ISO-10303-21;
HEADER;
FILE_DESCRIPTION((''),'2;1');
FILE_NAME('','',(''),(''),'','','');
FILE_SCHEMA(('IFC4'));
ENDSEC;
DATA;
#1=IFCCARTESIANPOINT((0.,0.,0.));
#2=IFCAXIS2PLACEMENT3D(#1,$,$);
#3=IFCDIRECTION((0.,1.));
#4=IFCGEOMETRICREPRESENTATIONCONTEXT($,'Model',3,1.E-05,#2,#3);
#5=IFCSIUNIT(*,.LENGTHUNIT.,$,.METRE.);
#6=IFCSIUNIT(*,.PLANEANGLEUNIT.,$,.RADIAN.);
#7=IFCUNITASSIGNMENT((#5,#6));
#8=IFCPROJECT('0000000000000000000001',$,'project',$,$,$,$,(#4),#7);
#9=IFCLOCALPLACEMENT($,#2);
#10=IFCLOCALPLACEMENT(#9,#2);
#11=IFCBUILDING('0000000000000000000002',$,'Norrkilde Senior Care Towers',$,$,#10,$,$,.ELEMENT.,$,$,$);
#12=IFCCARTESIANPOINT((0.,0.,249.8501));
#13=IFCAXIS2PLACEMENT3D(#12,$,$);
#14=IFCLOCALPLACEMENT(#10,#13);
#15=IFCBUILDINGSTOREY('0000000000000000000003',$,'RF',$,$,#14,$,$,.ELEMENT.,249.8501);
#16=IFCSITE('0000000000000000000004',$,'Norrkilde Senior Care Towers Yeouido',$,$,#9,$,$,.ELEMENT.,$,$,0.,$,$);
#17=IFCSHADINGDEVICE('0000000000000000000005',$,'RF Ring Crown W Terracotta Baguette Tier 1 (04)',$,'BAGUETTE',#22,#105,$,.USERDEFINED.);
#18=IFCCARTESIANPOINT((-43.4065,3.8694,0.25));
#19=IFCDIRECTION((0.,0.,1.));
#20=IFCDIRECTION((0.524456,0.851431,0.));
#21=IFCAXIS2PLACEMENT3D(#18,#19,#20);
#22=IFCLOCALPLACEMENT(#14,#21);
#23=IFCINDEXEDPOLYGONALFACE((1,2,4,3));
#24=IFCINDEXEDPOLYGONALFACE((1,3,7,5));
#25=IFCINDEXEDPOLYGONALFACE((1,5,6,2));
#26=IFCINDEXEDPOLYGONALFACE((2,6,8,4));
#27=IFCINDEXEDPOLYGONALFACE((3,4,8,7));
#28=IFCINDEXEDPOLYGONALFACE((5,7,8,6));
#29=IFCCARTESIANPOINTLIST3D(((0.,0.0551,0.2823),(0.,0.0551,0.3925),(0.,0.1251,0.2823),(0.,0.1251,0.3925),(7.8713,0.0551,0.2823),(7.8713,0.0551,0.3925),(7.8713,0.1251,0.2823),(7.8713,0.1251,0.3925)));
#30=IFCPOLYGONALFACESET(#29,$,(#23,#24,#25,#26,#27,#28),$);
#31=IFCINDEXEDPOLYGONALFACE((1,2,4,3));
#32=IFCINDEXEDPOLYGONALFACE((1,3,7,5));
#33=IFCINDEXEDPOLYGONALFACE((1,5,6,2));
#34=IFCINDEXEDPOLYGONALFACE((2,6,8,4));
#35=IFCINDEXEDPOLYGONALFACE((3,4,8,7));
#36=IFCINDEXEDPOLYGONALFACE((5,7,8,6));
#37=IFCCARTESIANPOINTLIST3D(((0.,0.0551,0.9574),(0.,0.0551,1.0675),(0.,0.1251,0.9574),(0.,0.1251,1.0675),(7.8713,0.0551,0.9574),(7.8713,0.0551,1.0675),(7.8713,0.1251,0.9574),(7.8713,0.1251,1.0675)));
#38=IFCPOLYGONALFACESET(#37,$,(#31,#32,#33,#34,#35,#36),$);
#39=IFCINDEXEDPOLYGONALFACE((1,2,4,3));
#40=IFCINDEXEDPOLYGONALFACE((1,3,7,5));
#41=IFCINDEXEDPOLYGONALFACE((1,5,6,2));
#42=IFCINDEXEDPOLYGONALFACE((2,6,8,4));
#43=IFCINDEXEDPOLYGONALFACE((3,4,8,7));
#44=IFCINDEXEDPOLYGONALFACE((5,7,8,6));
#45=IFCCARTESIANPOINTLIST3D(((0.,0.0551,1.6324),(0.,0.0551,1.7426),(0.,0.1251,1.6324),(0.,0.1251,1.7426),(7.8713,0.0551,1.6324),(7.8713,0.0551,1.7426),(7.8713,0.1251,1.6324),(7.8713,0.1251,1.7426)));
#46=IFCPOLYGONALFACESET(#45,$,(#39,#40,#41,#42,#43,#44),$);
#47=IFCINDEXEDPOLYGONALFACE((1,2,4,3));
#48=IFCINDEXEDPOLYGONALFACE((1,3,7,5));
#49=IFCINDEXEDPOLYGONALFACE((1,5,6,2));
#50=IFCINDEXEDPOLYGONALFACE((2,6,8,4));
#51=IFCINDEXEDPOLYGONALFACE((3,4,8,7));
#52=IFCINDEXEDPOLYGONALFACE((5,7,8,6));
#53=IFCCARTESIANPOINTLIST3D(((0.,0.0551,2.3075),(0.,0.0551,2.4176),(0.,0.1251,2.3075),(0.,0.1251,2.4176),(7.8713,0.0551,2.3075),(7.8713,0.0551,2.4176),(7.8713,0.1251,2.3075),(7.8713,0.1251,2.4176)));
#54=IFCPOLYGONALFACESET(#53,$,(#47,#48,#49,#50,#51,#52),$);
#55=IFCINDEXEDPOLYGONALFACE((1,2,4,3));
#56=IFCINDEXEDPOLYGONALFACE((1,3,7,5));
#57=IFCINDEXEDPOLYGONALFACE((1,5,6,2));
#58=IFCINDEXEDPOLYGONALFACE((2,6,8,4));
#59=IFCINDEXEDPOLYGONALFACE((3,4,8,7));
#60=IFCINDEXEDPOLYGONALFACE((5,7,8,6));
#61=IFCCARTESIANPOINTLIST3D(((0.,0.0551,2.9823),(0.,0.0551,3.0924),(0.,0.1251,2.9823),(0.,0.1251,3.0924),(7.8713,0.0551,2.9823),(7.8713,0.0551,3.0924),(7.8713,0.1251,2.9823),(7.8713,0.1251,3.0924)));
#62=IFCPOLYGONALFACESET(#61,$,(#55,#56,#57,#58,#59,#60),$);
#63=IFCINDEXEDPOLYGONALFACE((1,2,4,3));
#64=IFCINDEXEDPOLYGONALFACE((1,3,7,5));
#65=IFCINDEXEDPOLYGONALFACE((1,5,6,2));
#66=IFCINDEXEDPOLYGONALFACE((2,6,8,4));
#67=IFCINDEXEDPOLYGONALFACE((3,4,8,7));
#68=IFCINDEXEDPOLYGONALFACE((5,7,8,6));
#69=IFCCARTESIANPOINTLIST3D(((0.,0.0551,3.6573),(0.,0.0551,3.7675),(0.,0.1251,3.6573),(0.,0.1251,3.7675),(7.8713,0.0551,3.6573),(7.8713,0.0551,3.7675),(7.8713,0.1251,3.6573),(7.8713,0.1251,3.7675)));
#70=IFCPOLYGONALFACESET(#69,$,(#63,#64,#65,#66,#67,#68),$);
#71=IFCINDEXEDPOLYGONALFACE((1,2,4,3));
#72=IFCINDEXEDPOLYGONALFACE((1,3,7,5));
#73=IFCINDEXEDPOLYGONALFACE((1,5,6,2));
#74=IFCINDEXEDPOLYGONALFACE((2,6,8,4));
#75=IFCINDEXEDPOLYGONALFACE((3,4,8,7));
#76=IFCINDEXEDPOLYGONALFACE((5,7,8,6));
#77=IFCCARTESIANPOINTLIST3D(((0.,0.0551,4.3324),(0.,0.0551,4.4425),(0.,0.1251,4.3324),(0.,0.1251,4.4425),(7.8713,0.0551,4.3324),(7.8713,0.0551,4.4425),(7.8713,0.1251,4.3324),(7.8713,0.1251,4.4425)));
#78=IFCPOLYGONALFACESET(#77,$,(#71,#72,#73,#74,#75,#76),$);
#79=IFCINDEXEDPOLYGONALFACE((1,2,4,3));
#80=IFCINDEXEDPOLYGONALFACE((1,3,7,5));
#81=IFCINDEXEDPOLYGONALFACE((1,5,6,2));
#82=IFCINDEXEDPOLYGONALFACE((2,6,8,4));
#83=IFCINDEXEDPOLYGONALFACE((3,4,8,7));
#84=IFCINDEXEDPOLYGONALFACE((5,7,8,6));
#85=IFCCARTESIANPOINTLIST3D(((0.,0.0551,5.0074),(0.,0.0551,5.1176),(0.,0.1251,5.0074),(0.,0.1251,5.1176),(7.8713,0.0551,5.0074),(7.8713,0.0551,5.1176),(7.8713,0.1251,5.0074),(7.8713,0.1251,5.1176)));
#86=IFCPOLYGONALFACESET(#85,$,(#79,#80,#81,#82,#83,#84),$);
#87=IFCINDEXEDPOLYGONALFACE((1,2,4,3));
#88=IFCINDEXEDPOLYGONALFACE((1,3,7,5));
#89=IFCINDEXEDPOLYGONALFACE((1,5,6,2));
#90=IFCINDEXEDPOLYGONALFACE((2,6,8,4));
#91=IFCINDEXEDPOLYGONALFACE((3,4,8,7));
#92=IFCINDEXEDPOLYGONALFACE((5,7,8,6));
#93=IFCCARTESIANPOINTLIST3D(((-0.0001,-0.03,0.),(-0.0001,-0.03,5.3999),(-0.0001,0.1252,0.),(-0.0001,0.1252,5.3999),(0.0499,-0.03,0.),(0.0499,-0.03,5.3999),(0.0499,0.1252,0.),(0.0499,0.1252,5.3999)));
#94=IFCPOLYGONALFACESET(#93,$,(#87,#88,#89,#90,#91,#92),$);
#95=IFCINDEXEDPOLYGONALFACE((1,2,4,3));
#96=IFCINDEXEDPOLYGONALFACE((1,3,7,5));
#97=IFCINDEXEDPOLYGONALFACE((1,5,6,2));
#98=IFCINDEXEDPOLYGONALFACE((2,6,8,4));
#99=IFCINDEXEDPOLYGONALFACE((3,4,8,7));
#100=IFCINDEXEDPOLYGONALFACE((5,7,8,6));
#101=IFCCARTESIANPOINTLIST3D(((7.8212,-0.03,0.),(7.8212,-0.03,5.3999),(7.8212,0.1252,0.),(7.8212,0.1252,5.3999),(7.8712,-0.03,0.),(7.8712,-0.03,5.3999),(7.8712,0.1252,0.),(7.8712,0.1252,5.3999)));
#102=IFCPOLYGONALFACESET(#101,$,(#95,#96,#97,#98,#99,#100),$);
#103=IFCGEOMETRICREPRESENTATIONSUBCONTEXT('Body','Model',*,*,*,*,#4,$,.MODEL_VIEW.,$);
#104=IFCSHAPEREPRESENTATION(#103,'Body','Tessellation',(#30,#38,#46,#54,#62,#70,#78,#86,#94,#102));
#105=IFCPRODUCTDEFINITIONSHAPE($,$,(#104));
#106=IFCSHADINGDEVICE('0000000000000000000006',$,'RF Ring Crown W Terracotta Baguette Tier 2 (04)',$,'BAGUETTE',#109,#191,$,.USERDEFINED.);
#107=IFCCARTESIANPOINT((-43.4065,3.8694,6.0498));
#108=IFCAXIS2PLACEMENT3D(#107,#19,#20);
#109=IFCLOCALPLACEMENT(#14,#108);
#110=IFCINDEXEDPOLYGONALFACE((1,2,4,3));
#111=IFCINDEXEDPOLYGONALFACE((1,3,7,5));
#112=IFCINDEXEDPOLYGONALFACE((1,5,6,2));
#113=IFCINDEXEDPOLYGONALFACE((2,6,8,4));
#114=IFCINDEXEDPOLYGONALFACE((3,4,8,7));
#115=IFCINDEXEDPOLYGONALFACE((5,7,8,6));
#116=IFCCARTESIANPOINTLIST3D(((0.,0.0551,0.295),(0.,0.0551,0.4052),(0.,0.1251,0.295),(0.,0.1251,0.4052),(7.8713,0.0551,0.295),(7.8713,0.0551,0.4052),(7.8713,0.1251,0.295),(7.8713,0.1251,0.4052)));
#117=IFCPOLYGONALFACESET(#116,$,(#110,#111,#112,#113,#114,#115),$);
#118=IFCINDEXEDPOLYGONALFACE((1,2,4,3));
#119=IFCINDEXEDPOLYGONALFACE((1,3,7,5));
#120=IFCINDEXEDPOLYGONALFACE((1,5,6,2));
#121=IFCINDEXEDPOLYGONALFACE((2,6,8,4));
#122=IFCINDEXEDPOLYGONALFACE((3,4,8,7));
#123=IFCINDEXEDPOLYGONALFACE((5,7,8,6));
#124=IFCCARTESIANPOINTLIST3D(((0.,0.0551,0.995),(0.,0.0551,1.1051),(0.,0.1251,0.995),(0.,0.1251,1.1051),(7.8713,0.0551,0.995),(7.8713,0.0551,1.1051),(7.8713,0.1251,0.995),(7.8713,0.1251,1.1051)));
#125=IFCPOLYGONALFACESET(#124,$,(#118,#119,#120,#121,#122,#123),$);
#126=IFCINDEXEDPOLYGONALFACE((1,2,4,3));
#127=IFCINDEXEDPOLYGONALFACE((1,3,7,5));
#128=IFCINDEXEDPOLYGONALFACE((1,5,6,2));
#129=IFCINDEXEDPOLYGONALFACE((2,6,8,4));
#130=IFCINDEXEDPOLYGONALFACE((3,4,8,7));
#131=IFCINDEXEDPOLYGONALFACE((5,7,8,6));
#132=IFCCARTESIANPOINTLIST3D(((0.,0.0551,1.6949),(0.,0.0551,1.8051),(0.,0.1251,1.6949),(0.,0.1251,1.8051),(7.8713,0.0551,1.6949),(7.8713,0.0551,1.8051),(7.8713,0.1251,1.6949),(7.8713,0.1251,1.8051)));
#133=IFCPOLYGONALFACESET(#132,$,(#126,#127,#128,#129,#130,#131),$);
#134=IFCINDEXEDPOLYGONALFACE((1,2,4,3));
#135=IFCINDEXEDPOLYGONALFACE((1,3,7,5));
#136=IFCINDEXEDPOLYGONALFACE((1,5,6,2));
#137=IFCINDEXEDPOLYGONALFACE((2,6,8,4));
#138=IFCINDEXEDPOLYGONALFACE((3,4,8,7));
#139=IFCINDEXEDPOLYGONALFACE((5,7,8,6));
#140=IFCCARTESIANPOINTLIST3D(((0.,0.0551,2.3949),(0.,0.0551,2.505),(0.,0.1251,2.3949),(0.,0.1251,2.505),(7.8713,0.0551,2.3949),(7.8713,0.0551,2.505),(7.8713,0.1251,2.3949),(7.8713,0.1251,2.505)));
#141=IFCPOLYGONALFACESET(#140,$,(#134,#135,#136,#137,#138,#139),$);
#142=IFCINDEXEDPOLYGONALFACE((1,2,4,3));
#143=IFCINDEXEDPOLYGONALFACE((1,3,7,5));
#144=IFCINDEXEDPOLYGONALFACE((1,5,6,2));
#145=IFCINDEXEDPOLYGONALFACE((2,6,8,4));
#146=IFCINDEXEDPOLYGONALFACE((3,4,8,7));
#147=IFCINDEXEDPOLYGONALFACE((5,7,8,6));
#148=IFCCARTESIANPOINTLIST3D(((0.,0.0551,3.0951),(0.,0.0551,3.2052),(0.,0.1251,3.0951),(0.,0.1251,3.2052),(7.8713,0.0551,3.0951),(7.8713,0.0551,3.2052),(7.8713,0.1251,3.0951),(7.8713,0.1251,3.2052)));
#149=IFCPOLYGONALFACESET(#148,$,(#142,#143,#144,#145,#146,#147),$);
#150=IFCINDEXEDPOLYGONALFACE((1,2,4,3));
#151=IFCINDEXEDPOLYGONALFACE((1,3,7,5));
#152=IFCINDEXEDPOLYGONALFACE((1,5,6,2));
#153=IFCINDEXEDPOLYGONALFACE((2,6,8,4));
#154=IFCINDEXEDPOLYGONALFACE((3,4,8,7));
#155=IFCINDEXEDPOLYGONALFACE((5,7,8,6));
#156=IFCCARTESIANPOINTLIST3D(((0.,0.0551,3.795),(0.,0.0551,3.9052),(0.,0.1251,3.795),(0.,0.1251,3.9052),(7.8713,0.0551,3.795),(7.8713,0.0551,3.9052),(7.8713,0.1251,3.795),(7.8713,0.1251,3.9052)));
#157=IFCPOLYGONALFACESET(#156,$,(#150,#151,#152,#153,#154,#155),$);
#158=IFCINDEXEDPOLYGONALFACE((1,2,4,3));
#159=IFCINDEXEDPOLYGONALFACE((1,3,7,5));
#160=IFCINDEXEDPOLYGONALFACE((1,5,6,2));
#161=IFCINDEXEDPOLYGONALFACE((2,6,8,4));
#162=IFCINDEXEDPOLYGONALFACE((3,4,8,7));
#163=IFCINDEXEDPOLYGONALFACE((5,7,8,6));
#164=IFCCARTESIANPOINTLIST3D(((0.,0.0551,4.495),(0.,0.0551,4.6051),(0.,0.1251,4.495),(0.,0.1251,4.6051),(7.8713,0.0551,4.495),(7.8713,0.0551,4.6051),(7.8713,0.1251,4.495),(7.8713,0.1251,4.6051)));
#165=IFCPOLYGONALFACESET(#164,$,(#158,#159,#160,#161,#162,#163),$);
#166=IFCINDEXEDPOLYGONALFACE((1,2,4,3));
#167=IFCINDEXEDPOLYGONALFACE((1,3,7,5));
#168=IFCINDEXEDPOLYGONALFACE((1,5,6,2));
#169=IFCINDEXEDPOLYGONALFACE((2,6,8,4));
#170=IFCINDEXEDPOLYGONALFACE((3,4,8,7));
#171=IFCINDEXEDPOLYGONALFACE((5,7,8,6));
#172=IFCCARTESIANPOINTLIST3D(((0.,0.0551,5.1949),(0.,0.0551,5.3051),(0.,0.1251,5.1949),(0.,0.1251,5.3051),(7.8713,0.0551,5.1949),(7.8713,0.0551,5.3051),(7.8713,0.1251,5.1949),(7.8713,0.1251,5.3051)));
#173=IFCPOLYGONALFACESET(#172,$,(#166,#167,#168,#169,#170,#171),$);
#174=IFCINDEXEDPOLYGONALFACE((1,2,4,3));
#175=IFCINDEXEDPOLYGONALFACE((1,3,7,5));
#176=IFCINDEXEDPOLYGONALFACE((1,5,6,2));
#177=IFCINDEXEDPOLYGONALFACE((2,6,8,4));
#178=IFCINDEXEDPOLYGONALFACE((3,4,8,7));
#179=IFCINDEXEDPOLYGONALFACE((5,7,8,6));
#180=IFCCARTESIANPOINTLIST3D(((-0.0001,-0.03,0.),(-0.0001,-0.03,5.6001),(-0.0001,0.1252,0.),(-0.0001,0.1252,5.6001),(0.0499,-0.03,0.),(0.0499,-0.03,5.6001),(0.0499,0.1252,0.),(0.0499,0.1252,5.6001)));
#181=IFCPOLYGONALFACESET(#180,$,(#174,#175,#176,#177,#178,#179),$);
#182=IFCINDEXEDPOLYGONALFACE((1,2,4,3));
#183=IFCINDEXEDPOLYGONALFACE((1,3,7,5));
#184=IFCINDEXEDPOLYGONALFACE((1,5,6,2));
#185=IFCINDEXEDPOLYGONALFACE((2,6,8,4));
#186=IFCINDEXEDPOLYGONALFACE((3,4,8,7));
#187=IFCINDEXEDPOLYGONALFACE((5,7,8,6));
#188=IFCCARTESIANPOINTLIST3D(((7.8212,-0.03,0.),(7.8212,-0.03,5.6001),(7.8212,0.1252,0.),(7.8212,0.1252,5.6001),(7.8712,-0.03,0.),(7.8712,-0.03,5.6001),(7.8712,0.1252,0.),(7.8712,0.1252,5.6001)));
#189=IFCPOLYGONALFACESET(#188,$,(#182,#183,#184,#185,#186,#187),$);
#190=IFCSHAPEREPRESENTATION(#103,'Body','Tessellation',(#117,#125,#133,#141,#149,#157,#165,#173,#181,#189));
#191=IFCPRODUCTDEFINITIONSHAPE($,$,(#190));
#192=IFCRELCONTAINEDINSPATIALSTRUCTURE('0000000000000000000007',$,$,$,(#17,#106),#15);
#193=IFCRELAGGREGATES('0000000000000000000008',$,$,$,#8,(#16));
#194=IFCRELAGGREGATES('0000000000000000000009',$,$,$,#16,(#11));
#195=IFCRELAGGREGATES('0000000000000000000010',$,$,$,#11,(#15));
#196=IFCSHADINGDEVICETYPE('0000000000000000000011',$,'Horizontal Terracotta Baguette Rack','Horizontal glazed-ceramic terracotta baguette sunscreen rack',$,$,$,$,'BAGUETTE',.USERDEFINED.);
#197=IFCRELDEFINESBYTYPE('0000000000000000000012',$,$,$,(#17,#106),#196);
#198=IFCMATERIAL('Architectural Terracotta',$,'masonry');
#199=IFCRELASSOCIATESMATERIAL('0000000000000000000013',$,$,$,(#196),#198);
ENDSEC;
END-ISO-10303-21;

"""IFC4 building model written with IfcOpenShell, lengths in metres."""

from ifc_helpers import new_model, si_unit, direction, frame, origin, origin_2d, place, context, subcontext, project, spatial, rectangle, extrude, source, transform, mapped, material, type_object, element, save


model = new_model("IFC4")

# Units and contexts
model_context = context("Model", 3, precision=1e-05, world=origin(), true_north=direction((0.0, 1.0)))
body_context = subcontext(model_context, "Body", "Model", "MODEL_VIEW")
ifc_project = project(units=[si_unit("LENGTHUNIT", "METRE"), si_unit("PLANEANGLEUNIT", "RADIAN")], contexts=[model_context])

# Site, building, storey
site_placement = place(None, origin())
site = spatial("IfcSite", under=ifc_project, at=site_placement, Name="Norrkilde Senior Care Towers Yeouido", CompositionType="ELEMENT", RefElevation=0.0)
building_placement = place(site_placement, origin())
building = spatial("IfcBuilding", under=site, at=building_placement, Name="Norrkilde Senior Care Towers", CompositionType="ELEMENT")
storey_placement = place(building_placement, frame((0.0, 0.0, 249.8501)))
storey = spatial("IfcBuildingStorey", under=building, at=storey_placement, Name="RF", CompositionType="ELEMENT", Elevation=249.8501)

# Shared definitions
ifc_material_1 = material(Name="Architectural Terracotta", Category="masonry")

# Shading devices
shading_device_type = type_object("IfcShadingDeviceType", Name="Horizontal Terracotta Baguette Rack", Description="Horizontal glazed-ceramic terracotta baguette sunscreen rack", ElementType="BAGUETTE", PredefinedType="USERDEFINED", material=ifc_material_1)
shared_shape_1 = source(origin(), body_context, "Body", "SweptSolid", [
    extrude(rectangle(XDim=0.0701, YDim=0.1101, at=origin_2d()), frame((0.0, 0.0901, 0.3374), z_axis=(1.0, 0.0, 0.0), x_axis=(0.0, 1.0, 0.0)), (0.0, 0.0, 1.0), 7.8713),
    extrude(rectangle(XDim=0.0701, YDim=0.1101, at=origin_2d()), frame((0.0, 0.0901, 1.0125), z_axis=(1.0, 0.0, 0.0), x_axis=(0.0, 1.0, 0.0)), (0.0, 0.0, 1.0), 7.8713),
    extrude(rectangle(XDim=0.0701, YDim=0.1101, at=origin_2d()), frame((0.0, 0.0901, 1.6875), z_axis=(1.0, 0.0, 0.0), x_axis=(0.0, 1.0, 0.0)), (0.0, 0.0, 1.0), 7.8713),
    extrude(rectangle(XDim=0.0701, YDim=0.1101, at=origin_2d()), frame((0.0, 0.0901, 2.3625), z_axis=(1.0, 0.0, 0.0), x_axis=(0.0, 1.0, 0.0)), (0.0, 0.0, 1.0), 7.8713),
    extrude(rectangle(XDim=0.0701, YDim=0.1101, at=origin_2d()), frame((0.0, 0.0901, 3.0374), z_axis=(1.0, 0.0, 0.0), x_axis=(0.0, 1.0, 0.0)), (0.0, 0.0, 1.0), 7.8713),
    extrude(rectangle(XDim=0.0701, YDim=0.1101, at=origin_2d()), frame((0.0, 0.0901, 3.7124), z_axis=(1.0, 0.0, 0.0), x_axis=(0.0, 1.0, 0.0)), (0.0, 0.0, 1.0), 7.8713),
    extrude(rectangle(XDim=0.0701, YDim=0.1101, at=origin_2d()), frame((0.0, 0.0901, 4.3875), z_axis=(1.0, 0.0, 0.0), x_axis=(0.0, 1.0, 0.0)), (0.0, 0.0, 1.0), 7.8713),
    extrude(rectangle(XDim=0.0701, YDim=0.1101, at=origin_2d()), frame((0.0, 0.0901, 5.0625), z_axis=(1.0, 0.0, 0.0), x_axis=(0.0, 1.0, 0.0)), (0.0, 0.0, 1.0), 7.8713),
    extrude(rectangle(XDim=0.05, YDim=0.1553, at=origin_2d()), frame((0.0249, 0.0476, 0.0)), (0.0, 0.0, 1.0), 5.3999),
    extrude(rectangle(XDim=0.05, YDim=0.1553, at=origin_2d()), frame((7.8462, 0.0476, 0.0)), (0.0, 0.0, 1.0), 5.3999),
])
shading_device_1_placement = place(storey_placement, frame((-43.4065, 3.8694, 0.25), z_axis=(0.0, 0.0, 1.0), x_axis=(0.524456, 0.851431, 0.0)))
element("IfcShadingDevice", 1, at=shading_device_1_placement, inside=storey, type_object=shading_device_type, Name="RF Ring Crown W Terracotta Baguette Tier 1 (04)", ObjectType="BAGUETTE", PredefinedType="USERDEFINED", context=body_context, shape_type="MappedRepresentation", body=[
    mapped(shared_shape_1, transform((0.0, 0.0, 0.0), x_axis=(1.0, 0.0, 0.0), y_axis=(0.0, 1.0, 0.0), z_axis=(0.0, 0.0, 1.0), scale=1.0)),
])
shared_shape_2 = source(origin(), body_context, "Body", "SweptSolid", [
    extrude(rectangle(XDim=0.0701, YDim=0.1101, at=origin_2d()), frame((0.0, 0.0901, 0.3501), z_axis=(1.0, 0.0, 0.0), x_axis=(0.0, 1.0, 0.0)), (0.0, 0.0, 1.0), 7.8713),
    extrude(rectangle(XDim=0.0701, YDim=0.1101, at=origin_2d()), frame((0.0, 0.0901, 1.05), z_axis=(1.0, 0.0, 0.0), x_axis=(0.0, 1.0, 0.0)), (0.0, 0.0, 1.0), 7.8713),
    extrude(rectangle(XDim=0.0701, YDim=0.1101, at=origin_2d()), frame((0.0, 0.0901, 1.75), z_axis=(1.0, 0.0, 0.0), x_axis=(0.0, 1.0, 0.0)), (0.0, 0.0, 1.0), 7.8713),
    extrude(rectangle(XDim=0.0701, YDim=0.1101, at=origin_2d()), frame((0.0, 0.0901, 2.45), z_axis=(1.0, 0.0, 0.0), x_axis=(0.0, 1.0, 0.0)), (0.0, 0.0, 1.0), 7.8713),
    extrude(rectangle(XDim=0.0701, YDim=0.1101, at=origin_2d()), frame((0.0, 0.0901, 3.1501), z_axis=(1.0, 0.0, 0.0), x_axis=(0.0, 1.0, 0.0)), (0.0, 0.0, 1.0), 7.8713),
    extrude(rectangle(XDim=0.0701, YDim=0.1101, at=origin_2d()), frame((0.0, 0.0901, 3.8501), z_axis=(1.0, 0.0, 0.0), x_axis=(0.0, 1.0, 0.0)), (0.0, 0.0, 1.0), 7.8713),
    extrude(rectangle(XDim=0.0701, YDim=0.1101, at=origin_2d()), frame((0.0, 0.0901, 4.55), z_axis=(1.0, 0.0, 0.0), x_axis=(0.0, 1.0, 0.0)), (0.0, 0.0, 1.0), 7.8713),
    extrude(rectangle(XDim=0.0701, YDim=0.1101, at=origin_2d()), frame((0.0, 0.0901, 5.25), z_axis=(1.0, 0.0, 0.0), x_axis=(0.0, 1.0, 0.0)), (0.0, 0.0, 1.0), 7.8713),
    extrude(rectangle(XDim=0.05, YDim=0.1553, at=origin_2d()), frame((0.0249, 0.0476, 0.0)), (0.0, 0.0, 1.0), 5.6001),
    extrude(rectangle(XDim=0.05, YDim=0.1553, at=origin_2d()), frame((7.8462, 0.0476, 0.0)), (0.0, 0.0, 1.0), 5.6001),
])
shading_device_2_placement = place(storey_placement, frame((-43.4065, 3.8694, 6.0498), z_axis=(0.0, 0.0, 1.0), x_axis=(0.524456, 0.851431, 0.0)))
element("IfcShadingDevice", 2, at=shading_device_2_placement, inside=storey, type_object=shading_device_type, Name="RF Ring Crown W Terracotta Baguette Tier 2 (04)", ObjectType="BAGUETTE", PredefinedType="USERDEFINED", context=body_context, shape_type="MappedRepresentation", body=[
    mapped(shared_shape_2, transform((0.0, 0.0, 0.0), x_axis=(1.0, 0.0, 0.0), y_axis=(0.0, 1.0, 0.0), z_axis=(0.0, 0.0, 1.0), scale=1.0)),
])

save(model, "model.ifc")
